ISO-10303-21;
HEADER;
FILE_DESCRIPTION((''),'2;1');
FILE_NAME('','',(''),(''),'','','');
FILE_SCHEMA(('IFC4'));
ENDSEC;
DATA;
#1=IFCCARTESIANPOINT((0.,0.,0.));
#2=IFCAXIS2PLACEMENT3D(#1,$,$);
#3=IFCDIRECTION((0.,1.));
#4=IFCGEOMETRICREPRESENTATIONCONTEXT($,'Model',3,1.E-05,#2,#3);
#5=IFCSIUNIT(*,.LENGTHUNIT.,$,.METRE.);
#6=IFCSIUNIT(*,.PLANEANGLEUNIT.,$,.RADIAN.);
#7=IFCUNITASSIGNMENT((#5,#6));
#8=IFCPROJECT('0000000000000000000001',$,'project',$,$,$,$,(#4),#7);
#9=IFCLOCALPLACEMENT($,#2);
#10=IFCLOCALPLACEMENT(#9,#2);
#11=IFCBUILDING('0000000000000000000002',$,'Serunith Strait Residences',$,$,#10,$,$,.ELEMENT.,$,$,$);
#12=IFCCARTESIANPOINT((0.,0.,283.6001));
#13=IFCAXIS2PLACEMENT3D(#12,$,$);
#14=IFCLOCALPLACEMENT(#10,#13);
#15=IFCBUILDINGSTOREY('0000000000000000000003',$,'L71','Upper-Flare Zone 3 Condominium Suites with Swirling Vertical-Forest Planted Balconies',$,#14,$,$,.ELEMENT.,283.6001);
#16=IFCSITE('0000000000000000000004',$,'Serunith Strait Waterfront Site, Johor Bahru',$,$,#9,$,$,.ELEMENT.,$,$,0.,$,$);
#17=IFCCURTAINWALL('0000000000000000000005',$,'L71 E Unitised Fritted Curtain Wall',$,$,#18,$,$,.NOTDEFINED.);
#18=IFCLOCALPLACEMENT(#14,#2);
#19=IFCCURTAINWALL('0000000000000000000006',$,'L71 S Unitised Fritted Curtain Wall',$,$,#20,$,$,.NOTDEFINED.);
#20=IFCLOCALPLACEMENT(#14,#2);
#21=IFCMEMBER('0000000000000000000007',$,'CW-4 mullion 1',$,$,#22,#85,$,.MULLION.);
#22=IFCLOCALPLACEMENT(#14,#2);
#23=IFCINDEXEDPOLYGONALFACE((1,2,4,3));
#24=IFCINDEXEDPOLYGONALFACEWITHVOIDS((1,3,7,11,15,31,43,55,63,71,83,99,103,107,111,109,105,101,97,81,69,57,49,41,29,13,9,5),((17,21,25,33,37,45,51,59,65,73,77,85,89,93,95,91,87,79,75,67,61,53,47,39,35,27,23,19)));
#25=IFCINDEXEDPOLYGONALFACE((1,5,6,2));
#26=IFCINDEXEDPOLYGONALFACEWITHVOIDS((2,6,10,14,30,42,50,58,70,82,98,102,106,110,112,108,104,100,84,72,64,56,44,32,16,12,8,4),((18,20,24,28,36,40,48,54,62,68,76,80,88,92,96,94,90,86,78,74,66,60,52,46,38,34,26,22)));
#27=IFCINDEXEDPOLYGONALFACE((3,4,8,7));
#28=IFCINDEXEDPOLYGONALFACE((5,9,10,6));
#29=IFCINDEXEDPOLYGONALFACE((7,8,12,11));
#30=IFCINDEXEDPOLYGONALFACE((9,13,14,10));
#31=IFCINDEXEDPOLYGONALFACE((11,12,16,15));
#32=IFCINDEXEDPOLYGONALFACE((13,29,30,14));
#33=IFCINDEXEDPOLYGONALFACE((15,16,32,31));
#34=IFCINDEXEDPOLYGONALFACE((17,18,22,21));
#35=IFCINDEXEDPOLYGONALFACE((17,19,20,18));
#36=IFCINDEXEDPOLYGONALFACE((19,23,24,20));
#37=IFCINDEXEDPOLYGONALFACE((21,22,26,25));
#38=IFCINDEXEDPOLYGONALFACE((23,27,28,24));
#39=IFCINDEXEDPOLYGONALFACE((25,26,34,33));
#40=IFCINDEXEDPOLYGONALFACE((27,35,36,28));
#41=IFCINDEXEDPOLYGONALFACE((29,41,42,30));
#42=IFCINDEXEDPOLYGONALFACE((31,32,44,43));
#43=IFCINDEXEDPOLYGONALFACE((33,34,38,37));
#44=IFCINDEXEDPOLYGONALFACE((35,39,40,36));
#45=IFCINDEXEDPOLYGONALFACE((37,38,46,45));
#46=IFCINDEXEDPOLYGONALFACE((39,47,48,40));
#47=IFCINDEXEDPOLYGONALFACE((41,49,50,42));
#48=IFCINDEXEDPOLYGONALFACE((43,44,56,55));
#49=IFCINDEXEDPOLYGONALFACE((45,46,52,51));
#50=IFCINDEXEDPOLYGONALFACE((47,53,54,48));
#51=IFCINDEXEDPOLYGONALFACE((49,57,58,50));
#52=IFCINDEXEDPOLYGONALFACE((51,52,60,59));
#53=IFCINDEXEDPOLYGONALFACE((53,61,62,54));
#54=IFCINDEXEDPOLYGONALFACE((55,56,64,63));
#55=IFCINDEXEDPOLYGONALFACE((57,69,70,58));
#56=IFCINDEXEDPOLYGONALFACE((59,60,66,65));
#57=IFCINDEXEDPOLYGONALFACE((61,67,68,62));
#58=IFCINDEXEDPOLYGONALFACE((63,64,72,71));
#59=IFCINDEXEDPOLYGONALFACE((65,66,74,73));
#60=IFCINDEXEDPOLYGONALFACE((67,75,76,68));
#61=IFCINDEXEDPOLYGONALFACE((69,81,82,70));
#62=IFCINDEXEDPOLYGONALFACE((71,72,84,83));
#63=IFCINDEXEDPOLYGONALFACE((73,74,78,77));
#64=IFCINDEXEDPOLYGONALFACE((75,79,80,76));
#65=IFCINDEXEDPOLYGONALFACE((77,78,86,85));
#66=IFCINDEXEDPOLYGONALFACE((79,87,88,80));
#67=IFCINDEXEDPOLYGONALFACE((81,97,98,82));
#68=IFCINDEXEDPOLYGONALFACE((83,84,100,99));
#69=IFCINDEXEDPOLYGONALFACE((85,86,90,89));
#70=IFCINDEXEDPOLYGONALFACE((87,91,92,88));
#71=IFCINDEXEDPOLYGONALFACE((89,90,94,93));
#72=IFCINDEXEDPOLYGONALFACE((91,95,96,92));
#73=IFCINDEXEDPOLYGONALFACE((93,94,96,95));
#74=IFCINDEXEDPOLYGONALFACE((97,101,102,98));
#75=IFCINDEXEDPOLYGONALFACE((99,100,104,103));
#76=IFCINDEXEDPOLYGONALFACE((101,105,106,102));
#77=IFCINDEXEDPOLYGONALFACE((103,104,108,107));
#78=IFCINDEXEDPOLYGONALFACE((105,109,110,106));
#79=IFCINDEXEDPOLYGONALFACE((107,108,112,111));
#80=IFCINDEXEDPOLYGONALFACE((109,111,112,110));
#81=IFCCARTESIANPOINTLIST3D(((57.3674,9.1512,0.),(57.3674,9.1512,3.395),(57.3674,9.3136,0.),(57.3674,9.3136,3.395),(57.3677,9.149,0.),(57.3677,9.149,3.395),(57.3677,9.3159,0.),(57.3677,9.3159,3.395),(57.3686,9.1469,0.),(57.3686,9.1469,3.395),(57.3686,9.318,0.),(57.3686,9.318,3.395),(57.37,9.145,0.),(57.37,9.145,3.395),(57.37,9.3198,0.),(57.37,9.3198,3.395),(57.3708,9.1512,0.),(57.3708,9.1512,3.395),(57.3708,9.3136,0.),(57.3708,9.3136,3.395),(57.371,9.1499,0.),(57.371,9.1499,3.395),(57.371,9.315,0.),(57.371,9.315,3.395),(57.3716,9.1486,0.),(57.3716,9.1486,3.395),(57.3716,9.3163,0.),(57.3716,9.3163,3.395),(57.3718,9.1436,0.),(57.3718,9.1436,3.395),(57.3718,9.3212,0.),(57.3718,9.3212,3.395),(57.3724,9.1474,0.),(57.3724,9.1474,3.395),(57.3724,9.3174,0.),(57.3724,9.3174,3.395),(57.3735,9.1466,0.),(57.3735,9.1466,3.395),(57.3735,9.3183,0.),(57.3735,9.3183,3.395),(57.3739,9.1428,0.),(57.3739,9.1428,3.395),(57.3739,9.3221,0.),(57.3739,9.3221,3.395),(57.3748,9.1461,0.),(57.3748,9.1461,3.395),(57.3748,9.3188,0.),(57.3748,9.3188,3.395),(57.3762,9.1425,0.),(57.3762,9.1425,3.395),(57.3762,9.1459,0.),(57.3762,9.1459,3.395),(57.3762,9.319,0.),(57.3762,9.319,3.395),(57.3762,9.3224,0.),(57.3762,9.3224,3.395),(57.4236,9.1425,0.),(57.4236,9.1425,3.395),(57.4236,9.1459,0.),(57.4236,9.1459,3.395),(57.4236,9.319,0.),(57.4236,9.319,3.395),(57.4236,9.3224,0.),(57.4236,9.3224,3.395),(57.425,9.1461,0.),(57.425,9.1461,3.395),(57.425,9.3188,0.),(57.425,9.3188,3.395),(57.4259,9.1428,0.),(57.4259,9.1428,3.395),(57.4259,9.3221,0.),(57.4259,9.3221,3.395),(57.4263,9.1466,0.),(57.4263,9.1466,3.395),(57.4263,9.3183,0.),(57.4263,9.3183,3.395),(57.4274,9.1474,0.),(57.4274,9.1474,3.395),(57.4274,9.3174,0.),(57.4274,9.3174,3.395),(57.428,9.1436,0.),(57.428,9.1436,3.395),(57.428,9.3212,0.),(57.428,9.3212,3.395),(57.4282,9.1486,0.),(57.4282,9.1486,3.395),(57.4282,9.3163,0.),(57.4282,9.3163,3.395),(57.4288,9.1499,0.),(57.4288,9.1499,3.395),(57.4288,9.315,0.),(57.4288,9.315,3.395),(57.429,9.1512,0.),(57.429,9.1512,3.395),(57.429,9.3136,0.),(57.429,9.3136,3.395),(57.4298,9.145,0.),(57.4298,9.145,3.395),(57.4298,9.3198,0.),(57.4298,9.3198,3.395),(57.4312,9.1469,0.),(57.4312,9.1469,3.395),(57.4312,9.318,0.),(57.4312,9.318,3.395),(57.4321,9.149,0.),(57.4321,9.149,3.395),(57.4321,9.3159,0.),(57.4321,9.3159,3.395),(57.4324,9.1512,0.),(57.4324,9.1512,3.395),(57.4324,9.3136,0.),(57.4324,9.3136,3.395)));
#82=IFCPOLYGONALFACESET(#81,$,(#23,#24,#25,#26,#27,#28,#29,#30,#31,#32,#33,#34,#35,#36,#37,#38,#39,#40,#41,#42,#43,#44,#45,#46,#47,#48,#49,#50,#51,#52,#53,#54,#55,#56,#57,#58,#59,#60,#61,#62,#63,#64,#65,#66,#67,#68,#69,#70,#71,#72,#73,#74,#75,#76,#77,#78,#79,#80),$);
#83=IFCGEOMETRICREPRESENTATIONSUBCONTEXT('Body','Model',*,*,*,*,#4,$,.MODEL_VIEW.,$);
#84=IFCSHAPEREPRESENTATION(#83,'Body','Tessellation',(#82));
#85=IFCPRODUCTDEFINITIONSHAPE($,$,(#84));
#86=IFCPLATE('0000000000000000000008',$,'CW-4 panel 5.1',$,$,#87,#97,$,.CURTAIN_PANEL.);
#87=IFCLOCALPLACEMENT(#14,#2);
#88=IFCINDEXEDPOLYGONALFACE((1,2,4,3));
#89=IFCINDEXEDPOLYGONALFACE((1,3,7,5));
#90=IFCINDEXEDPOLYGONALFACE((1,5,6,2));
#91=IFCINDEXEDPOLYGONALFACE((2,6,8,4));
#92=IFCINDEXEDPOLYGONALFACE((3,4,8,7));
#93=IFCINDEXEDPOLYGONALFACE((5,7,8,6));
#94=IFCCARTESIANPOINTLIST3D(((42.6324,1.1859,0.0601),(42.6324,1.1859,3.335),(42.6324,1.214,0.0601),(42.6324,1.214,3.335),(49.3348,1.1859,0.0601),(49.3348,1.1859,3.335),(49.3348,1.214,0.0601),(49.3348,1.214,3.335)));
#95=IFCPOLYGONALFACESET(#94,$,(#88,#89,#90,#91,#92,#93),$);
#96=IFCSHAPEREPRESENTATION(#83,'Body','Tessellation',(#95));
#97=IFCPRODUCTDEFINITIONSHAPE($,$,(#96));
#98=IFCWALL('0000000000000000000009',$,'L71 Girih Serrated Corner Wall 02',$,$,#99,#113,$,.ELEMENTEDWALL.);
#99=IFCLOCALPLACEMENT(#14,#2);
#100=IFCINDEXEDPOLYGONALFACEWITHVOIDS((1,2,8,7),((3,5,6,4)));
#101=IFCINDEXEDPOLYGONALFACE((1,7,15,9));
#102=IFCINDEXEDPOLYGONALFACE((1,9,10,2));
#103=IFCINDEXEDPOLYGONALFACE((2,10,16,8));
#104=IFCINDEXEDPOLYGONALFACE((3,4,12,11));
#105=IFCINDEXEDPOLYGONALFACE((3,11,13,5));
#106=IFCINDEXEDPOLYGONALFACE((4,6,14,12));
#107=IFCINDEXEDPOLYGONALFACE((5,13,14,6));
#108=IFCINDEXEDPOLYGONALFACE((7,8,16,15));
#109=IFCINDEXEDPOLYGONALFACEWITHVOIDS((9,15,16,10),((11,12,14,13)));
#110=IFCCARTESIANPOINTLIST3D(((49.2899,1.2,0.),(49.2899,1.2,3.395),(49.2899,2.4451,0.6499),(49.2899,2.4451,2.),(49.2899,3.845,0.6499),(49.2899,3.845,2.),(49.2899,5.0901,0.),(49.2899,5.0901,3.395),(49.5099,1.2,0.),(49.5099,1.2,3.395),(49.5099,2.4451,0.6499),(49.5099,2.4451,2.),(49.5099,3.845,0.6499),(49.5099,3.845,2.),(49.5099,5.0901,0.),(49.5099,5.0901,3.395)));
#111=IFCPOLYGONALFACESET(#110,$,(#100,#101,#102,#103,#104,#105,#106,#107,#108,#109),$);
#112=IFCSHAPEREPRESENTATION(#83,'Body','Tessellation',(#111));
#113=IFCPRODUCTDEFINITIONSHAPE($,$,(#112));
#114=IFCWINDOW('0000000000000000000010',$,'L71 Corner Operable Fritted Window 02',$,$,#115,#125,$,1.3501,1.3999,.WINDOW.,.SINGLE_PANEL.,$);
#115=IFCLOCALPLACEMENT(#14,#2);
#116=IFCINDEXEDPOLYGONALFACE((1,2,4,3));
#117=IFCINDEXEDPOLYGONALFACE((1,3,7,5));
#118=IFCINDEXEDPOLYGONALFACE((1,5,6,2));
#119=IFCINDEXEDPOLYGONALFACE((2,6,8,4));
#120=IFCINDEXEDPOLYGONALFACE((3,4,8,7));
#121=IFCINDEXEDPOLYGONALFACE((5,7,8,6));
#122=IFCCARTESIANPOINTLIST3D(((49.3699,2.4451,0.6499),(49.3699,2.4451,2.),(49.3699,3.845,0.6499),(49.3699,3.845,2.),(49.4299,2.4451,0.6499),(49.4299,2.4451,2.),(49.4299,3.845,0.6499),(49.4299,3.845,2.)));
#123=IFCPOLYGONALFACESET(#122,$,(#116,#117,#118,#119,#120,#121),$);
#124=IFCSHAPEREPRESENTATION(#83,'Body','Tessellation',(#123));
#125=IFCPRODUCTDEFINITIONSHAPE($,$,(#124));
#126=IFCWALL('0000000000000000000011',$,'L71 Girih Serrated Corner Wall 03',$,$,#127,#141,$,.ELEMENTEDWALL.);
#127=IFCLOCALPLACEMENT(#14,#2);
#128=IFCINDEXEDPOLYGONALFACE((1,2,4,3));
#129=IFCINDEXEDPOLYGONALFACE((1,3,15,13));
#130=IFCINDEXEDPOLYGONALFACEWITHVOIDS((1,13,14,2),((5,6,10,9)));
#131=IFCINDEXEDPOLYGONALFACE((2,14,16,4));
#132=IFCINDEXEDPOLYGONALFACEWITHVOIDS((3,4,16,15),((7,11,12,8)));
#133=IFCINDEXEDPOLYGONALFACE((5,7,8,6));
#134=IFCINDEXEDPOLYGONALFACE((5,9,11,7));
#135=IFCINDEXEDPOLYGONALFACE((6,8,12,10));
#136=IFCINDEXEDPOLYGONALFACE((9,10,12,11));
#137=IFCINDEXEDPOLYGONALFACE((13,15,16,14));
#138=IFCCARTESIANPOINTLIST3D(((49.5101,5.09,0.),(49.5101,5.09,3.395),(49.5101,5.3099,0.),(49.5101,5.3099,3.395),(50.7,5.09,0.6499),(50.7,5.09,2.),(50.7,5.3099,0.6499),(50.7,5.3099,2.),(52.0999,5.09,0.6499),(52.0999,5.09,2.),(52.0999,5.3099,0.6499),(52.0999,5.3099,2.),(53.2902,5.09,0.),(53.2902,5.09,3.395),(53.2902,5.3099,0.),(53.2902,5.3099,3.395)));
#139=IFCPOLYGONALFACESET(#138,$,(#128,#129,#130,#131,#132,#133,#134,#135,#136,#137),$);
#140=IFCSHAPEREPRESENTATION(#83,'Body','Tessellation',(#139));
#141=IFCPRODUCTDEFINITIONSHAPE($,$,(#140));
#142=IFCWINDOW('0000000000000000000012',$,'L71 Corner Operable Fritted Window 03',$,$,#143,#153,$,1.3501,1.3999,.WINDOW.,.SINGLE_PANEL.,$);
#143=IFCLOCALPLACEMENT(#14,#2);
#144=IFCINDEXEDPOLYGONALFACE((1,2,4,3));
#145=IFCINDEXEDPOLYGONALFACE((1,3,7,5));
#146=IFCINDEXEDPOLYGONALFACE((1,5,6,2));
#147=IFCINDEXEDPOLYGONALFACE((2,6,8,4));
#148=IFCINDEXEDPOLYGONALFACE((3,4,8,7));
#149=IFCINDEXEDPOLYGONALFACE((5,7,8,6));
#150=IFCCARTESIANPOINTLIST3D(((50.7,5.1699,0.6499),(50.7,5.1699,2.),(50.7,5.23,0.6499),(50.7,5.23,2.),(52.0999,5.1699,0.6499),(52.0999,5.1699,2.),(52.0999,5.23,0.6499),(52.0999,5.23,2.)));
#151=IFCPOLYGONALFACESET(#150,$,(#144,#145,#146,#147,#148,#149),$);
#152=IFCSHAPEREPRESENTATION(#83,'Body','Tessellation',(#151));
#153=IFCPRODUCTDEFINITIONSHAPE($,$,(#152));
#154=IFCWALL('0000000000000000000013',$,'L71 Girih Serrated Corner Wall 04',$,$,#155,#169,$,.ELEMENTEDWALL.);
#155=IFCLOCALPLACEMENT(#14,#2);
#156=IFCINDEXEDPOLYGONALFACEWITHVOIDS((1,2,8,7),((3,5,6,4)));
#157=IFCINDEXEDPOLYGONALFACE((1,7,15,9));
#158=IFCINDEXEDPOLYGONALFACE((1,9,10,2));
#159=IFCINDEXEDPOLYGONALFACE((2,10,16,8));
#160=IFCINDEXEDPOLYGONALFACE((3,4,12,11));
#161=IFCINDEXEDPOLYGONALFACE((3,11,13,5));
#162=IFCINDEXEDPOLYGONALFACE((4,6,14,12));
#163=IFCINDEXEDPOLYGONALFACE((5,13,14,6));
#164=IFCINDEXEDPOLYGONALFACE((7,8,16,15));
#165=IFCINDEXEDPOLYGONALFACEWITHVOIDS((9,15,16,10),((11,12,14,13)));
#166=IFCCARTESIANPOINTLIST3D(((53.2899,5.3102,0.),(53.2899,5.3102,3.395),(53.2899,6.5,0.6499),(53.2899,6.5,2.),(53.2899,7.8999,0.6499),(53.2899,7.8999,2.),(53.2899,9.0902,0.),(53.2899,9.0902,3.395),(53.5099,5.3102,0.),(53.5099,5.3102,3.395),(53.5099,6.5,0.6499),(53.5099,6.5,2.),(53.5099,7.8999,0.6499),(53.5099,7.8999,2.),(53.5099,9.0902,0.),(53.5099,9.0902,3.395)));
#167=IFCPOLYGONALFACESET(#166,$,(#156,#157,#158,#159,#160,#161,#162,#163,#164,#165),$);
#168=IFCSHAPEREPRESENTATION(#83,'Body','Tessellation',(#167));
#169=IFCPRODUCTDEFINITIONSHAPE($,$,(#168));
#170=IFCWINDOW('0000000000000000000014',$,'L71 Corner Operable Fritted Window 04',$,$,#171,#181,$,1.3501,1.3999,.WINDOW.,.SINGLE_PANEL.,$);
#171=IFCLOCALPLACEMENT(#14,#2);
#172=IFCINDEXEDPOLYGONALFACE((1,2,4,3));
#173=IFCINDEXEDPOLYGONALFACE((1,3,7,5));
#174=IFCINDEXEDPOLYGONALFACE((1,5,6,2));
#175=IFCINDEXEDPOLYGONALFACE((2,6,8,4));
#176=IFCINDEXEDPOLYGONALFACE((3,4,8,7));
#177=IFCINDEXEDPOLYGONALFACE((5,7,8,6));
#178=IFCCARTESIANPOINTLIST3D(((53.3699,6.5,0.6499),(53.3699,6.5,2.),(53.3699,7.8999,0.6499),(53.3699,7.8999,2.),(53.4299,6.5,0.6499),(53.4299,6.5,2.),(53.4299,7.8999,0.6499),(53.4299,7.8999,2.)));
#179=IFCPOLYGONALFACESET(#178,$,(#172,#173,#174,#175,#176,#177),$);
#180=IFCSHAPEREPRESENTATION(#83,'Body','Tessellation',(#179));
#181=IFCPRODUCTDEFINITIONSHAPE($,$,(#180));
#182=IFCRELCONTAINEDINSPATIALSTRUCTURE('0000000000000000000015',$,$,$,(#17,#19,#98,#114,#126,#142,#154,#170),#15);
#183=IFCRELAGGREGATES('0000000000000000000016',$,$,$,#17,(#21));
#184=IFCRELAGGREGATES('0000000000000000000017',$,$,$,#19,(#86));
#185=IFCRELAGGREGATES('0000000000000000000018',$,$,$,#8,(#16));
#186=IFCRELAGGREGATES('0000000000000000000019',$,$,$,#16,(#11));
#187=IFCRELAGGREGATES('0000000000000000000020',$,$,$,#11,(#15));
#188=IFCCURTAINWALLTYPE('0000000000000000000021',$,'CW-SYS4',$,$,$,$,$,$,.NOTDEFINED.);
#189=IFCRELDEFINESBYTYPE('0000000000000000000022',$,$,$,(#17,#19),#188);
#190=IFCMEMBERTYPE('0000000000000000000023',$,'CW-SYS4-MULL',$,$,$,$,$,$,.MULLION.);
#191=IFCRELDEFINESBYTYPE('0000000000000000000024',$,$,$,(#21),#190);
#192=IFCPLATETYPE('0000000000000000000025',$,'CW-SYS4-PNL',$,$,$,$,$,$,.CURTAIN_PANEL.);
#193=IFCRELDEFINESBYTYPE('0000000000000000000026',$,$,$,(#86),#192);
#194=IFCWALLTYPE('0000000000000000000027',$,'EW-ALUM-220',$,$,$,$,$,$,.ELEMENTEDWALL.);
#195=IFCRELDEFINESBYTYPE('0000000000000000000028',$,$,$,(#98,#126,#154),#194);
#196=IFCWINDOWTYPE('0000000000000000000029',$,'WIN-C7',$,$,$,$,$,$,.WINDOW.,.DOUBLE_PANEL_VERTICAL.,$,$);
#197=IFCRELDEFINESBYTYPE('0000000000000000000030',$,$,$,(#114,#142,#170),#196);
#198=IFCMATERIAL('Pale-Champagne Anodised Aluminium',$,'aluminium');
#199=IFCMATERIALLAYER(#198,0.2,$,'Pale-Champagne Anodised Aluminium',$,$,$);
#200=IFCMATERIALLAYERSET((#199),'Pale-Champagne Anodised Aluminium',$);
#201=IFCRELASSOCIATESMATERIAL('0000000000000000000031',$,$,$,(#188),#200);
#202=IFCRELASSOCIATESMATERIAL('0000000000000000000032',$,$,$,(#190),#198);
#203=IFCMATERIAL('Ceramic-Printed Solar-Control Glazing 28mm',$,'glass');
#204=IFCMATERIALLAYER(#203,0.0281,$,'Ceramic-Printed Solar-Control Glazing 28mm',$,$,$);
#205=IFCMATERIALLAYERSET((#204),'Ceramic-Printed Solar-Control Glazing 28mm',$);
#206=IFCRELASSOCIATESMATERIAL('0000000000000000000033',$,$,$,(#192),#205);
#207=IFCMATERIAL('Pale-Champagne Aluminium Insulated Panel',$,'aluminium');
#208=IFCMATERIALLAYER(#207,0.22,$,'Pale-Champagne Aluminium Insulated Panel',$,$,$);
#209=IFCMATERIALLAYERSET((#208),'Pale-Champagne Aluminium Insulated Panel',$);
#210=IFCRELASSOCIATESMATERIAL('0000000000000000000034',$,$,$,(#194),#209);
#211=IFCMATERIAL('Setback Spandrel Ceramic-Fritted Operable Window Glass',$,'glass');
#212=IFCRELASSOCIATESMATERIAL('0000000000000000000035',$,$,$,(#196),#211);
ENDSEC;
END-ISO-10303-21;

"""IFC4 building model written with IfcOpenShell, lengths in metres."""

from ifc_helpers import new_model, si_unit, direction, frame, frame_2d, origin, origin_2d, place, context, subcontext, project, spatial, rectangle, hollow_rectangle, extrude, source, transform, mapped, material, layer, layer_set, material_profile, profile_set, type_object, element, fill, aggregate, save


model = new_model("IFC4")

# Units and contexts
model_context = context("Model", 3, precision=1e-05, world=origin(), true_north=direction((0.0, 1.0)))
body_context = subcontext(model_context, "Body", "Model", "MODEL_VIEW")
ifc_project = project(units=[si_unit("LENGTHUNIT", "METRE"), si_unit("PLANEANGLEUNIT", "RADIAN")], contexts=[model_context])

# Site, building, storey
site_placement = place(None, origin())
site = spatial("IfcSite", under=ifc_project, at=site_placement, Name="Serunith Strait Waterfront Site, Johor Bahru", CompositionType="ELEMENT", RefElevation=0.0)
building_placement = place(site_placement, origin())
building = spatial("IfcBuilding", under=site, at=building_placement, Name="Serunith Strait Residences", CompositionType="ELEMENT")
storey_placement = place(building_placement, frame((0.0, 0.0, 283.6001)))
storey = spatial("IfcBuildingStorey", under=building, at=storey_placement, Name="L71", Description="Upper-Flare Zone 3 Condominium Suites with Swirling Vertical-Forest Planted Balconies", CompositionType="ELEMENT", Elevation=283.6001)

# Curtain wall
ifc_material_1 = material(Name="Pale-Champagne Anodised Aluminium", Category="aluminium")
ifc_layer_1 = layer(ifc_material_1, 0.2, Name="Pale-Champagne Anodised Aluminium")
ifc_layer_set_1 = layer_set([ifc_layer_1], Name="Pale-Champagne Anodised Aluminium")
curtain_wall_type = type_object("IfcCurtainWallType", Name="CW-SYS4", PredefinedType="NOTDEFINED", material=ifc_layer_set_1)
curtain_wall_1_placement = place(storey_placement, origin())
curtain_wall_1 = element("IfcCurtainWall", 1, at=curtain_wall_1_placement, inside=storey, type_object=curtain_wall_type, Name="L71 E Unitised Fritted Curtain Wall", PredefinedType="NOTDEFINED")

# Curtain wall
curtain_wall_2_placement = place(storey_placement, origin())
curtain_wall_2 = element("IfcCurtainWall", 2, at=curtain_wall_2_placement, inside=storey, type_object=curtain_wall_type, Name="L71 S Unitised Fritted Curtain Wall", PredefinedType="NOTDEFINED")
ifc_material_profile_1 = material_profile(ifc_material_1, hollow_rectangle(XDim=0.0649, YDim=0.1799, WallThickness=0.0034, InnerFilletRadius=0.0054, OuterFilletRadius=0.0088, at=origin_2d()), Name="ALU 180x65x3.5")
ifc_profile_set_1 = profile_set([ifc_material_profile_1], Name="Pale-Champagne Anodised Aluminium")
member_type_1 = type_object("IfcMemberType", Name="CW-SYS4-MULL", PredefinedType="MULLION", material=ifc_profile_set_1)
shared_shape_1 = source(origin(), body_context, "Body", "SweptSolid", [
    extrude(hollow_rectangle(XDim=0.0649, YDim=0.1799, WallThickness=0.0034, InnerFilletRadius=0.0054, OuterFilletRadius=0.0088, at=origin_2d()), origin(), (0.0, 0.0, 1.0), 3.395),
])

# Member
member_1_placement = place(storey_placement, frame((57.3999, 9.2324, 0.0), z_axis=(0.0, 0.0, 1.0), x_axis=(-1.0, 0.0, 0.0)))
member_1 = element("IfcMember", 3, at=member_1_placement, type_object=member_type_1, Name="CW-4 mullion 1", PredefinedType="MULLION", context=body_context, shape_type="MappedRepresentation", body=[
    mapped(shared_shape_1, transform((0.0, 0.0, 0.0), scale=1.0)),
])
aggregate(curtain_wall_1, [member_1])

# Plate
ifc_material_2 = material(Name="Ceramic-Printed Solar-Control Glazing 28mm", Category="glass")
ifc_layer_2 = layer(ifc_material_2, 0.0281, Name="Ceramic-Printed Solar-Control Glazing 28mm")
ifc_layer_set_2 = layer_set([ifc_layer_2], Name="Ceramic-Printed Solar-Control Glazing 28mm")
plate_type = type_object("IfcPlateType", Name="CW-SYS4-PNL", PredefinedType="CURTAIN_PANEL", material=ifc_layer_set_2)
shared_shape_2 = source(origin(), body_context, "Body", "SweptSolid", [
    extrude(rectangle(XDim=6.7024, YDim=0.0281, at=origin_2d()), origin(), (0.0, 0.0, 1.0), 3.2749),
])
plate_placement = place(storey_placement, frame((45.9836, 1.2, 0.0601), z_axis=(0.0, 0.0, 1.0), x_axis=(1.0, 0.0, 0.0)))
plate = element("IfcPlate", 4, at=plate_placement, type_object=plate_type, Name="CW-4 panel 5.1", PredefinedType="CURTAIN_PANEL", context=body_context, shape_type="MappedRepresentation", body=[
    mapped(shared_shape_2, transform((0.0, 0.0, 0.0), scale=1.0)),
])
aggregate(curtain_wall_2, [plate])

# Walls, openings, windows
ifc_material_3 = material(Name="Pale-Champagne Aluminium Insulated Panel", Category="aluminium")
ifc_layer_3 = layer(ifc_material_3, 0.22, Name="Pale-Champagne Aluminium Insulated Panel")
ifc_layer_set_3 = layer_set([ifc_layer_3], Name="Pale-Champagne Aluminium Insulated Panel")
wall_type_1 = type_object("IfcWallType", Name="EW-ALUM-220", PredefinedType="ELEMENTEDWALL", material=ifc_layer_set_3)
wall_1_placement = place(storey_placement, frame((49.3999, 1.2, 0.0), z_axis=(0.0, 0.0, 1.0), x_axis=(0.0, 1.0, 0.0)))
wall_1 = element("IfcWall", 5, at=wall_1_placement, inside=storey, type_object=wall_type_1, Name="L71 Girih Serrated Corner Wall 02", PredefinedType="ELEMENTEDWALL", context=body_context, shape_type="SweptSolid", body=[
    extrude(rectangle(XDim=3.8901, YDim=0.22, at=frame_2d((1.9451, 0.0))), origin(), (0.0, 0.0, 1.0), 3.395),
])
opening_1_placement = place(wall_1_placement, frame((1.2451, 0.0, 0.6499)))
opening_1 = element("IfcOpeningElement", 6, at=opening_1_placement, cuts=wall_1, PredefinedType="OPENING", context=body_context, shape_type="SweptSolid", body=[
    extrude(rectangle(XDim=1.3999, YDim=1.3501, at=frame_2d((0.7, 0.675))), frame((0.0, 0.1201, 0.0), z_axis=(0.0, -1.0, 0.0), x_axis=(1.0, 0.0, 0.0)), (0.0, 0.0, 1.0), 0.24),
])
ifc_material_4 = material(Name="Setback Spandrel Ceramic-Fritted Operable Window Glass", Category="glass")
window_type = type_object("IfcWindowType", Name="WIN-C7", PartitioningType="DOUBLE_PANEL_VERTICAL", PredefinedType="WINDOW", material=ifc_material_4)
shared_shape_3 = source(origin(), body_context, "Body", "SweptSolid", [
    extrude(rectangle(XDim=1.3999, YDim=1.3501, at=frame_2d((0.7, 0.675))), frame((0.0, 0.03, 0.0), z_axis=(0.0, -1.0, 0.0), x_axis=(1.0, 0.0, 0.0)), (0.0, 0.0, 1.0), 0.0601),
])
window_1_placement = place(opening_1_placement, origin())
window_1 = element("IfcWindow", 7, at=window_1_placement, inside=storey, type_object=window_type, Name="L71 Corner Operable Fritted Window 02", OverallHeight=1.3501, OverallWidth=1.3999, PartitioningType="SINGLE_PANEL", PredefinedType="WINDOW", context=body_context, shape_type="MappedRepresentation", body=[
    mapped(shared_shape_3, transform((0.0, 0.0, 0.0), scale=1.0)),
])
fill(opening_1, window_1)
wall_2_placement = place(storey_placement, frame((49.51, 5.2, 0.0), z_axis=(0.0, 0.0, 1.0), x_axis=(1.0, 0.0, 0.0)))
wall_2 = element("IfcWall", 8, at=wall_2_placement, inside=storey, type_object=wall_type_1, Name="L71 Girih Serrated Corner Wall 03", PredefinedType="ELEMENTEDWALL", context=body_context, shape_type="SweptSolid", body=[
    extrude(rectangle(XDim=3.78, YDim=0.22, at=frame_2d((1.8901, 0.0))), origin(), (0.0, 0.0, 1.0), 3.395),
])
opening_2_placement = place(wall_2_placement, frame((1.1899, 0.0, 0.6499)))
opening_2 = element("IfcOpeningElement", 9, at=opening_2_placement, cuts=wall_2, PredefinedType="OPENING", context=body_context, shape_type="SweptSolid", body=[
    extrude(rectangle(XDim=1.3999, YDim=1.3501, at=frame_2d((0.7, 0.675))), frame((0.0, 0.1201, 0.0), z_axis=(0.0, -1.0, 0.0), x_axis=(1.0, 0.0, 0.0)), (0.0, 0.0, 1.0), 0.24),
])
window_2_placement = place(opening_2_placement, origin())
window_2 = element("IfcWindow", 10, at=window_2_placement, inside=storey, type_object=window_type, Name="L71 Corner Operable Fritted Window 03", OverallHeight=1.3501, OverallWidth=1.3999, PartitioningType="SINGLE_PANEL", PredefinedType="WINDOW", context=body_context, shape_type="MappedRepresentation", body=[
    mapped(shared_shape_3, transform((0.0, 0.0, 0.0), scale=1.0)),
])
fill(opening_2, window_2)
wall_3_placement = place(storey_placement, frame((53.3999, 5.3101, 0.0), z_axis=(0.0, 0.0, 1.0), x_axis=(0.0, 1.0, 0.0)))
wall_3 = element("IfcWall", 11, at=wall_3_placement, inside=storey, type_object=wall_type_1, Name="L71 Girih Serrated Corner Wall 04", PredefinedType="ELEMENTEDWALL", context=body_context, shape_type="SweptSolid", body=[
    extrude(rectangle(XDim=3.78, YDim=0.22, at=frame_2d((1.8901, 0.0))), origin(), (0.0, 0.0, 1.0), 3.395),
])
opening_3_placement = place(wall_3_placement, frame((1.1899, 0.0, 0.6499)))
opening_3 = element("IfcOpeningElement", 12, at=opening_3_placement, cuts=wall_3, PredefinedType="OPENING", context=body_context, shape_type="SweptSolid", body=[
    extrude(rectangle(XDim=1.3999, YDim=1.3501, at=frame_2d((0.7, 0.675))), frame((0.0, 0.1201, 0.0), z_axis=(0.0, -1.0, 0.0), x_axis=(1.0, 0.0, 0.0)), (0.0, 0.0, 1.0), 0.24),
])
window_3_placement = place(opening_3_placement, origin())
window_3 = element("IfcWindow", 13, at=window_3_placement, inside=storey, type_object=window_type, Name="L71 Corner Operable Fritted Window 04", OverallHeight=1.3501, OverallWidth=1.3999, PartitioningType="SINGLE_PANEL", PredefinedType="WINDOW", context=body_context, shape_type="MappedRepresentation", body=[
    mapped(shared_shape_3, transform((0.0, 0.0, 0.0), scale=1.0)),
])
fill(opening_3, window_3)

save(model, "model.ifc")
